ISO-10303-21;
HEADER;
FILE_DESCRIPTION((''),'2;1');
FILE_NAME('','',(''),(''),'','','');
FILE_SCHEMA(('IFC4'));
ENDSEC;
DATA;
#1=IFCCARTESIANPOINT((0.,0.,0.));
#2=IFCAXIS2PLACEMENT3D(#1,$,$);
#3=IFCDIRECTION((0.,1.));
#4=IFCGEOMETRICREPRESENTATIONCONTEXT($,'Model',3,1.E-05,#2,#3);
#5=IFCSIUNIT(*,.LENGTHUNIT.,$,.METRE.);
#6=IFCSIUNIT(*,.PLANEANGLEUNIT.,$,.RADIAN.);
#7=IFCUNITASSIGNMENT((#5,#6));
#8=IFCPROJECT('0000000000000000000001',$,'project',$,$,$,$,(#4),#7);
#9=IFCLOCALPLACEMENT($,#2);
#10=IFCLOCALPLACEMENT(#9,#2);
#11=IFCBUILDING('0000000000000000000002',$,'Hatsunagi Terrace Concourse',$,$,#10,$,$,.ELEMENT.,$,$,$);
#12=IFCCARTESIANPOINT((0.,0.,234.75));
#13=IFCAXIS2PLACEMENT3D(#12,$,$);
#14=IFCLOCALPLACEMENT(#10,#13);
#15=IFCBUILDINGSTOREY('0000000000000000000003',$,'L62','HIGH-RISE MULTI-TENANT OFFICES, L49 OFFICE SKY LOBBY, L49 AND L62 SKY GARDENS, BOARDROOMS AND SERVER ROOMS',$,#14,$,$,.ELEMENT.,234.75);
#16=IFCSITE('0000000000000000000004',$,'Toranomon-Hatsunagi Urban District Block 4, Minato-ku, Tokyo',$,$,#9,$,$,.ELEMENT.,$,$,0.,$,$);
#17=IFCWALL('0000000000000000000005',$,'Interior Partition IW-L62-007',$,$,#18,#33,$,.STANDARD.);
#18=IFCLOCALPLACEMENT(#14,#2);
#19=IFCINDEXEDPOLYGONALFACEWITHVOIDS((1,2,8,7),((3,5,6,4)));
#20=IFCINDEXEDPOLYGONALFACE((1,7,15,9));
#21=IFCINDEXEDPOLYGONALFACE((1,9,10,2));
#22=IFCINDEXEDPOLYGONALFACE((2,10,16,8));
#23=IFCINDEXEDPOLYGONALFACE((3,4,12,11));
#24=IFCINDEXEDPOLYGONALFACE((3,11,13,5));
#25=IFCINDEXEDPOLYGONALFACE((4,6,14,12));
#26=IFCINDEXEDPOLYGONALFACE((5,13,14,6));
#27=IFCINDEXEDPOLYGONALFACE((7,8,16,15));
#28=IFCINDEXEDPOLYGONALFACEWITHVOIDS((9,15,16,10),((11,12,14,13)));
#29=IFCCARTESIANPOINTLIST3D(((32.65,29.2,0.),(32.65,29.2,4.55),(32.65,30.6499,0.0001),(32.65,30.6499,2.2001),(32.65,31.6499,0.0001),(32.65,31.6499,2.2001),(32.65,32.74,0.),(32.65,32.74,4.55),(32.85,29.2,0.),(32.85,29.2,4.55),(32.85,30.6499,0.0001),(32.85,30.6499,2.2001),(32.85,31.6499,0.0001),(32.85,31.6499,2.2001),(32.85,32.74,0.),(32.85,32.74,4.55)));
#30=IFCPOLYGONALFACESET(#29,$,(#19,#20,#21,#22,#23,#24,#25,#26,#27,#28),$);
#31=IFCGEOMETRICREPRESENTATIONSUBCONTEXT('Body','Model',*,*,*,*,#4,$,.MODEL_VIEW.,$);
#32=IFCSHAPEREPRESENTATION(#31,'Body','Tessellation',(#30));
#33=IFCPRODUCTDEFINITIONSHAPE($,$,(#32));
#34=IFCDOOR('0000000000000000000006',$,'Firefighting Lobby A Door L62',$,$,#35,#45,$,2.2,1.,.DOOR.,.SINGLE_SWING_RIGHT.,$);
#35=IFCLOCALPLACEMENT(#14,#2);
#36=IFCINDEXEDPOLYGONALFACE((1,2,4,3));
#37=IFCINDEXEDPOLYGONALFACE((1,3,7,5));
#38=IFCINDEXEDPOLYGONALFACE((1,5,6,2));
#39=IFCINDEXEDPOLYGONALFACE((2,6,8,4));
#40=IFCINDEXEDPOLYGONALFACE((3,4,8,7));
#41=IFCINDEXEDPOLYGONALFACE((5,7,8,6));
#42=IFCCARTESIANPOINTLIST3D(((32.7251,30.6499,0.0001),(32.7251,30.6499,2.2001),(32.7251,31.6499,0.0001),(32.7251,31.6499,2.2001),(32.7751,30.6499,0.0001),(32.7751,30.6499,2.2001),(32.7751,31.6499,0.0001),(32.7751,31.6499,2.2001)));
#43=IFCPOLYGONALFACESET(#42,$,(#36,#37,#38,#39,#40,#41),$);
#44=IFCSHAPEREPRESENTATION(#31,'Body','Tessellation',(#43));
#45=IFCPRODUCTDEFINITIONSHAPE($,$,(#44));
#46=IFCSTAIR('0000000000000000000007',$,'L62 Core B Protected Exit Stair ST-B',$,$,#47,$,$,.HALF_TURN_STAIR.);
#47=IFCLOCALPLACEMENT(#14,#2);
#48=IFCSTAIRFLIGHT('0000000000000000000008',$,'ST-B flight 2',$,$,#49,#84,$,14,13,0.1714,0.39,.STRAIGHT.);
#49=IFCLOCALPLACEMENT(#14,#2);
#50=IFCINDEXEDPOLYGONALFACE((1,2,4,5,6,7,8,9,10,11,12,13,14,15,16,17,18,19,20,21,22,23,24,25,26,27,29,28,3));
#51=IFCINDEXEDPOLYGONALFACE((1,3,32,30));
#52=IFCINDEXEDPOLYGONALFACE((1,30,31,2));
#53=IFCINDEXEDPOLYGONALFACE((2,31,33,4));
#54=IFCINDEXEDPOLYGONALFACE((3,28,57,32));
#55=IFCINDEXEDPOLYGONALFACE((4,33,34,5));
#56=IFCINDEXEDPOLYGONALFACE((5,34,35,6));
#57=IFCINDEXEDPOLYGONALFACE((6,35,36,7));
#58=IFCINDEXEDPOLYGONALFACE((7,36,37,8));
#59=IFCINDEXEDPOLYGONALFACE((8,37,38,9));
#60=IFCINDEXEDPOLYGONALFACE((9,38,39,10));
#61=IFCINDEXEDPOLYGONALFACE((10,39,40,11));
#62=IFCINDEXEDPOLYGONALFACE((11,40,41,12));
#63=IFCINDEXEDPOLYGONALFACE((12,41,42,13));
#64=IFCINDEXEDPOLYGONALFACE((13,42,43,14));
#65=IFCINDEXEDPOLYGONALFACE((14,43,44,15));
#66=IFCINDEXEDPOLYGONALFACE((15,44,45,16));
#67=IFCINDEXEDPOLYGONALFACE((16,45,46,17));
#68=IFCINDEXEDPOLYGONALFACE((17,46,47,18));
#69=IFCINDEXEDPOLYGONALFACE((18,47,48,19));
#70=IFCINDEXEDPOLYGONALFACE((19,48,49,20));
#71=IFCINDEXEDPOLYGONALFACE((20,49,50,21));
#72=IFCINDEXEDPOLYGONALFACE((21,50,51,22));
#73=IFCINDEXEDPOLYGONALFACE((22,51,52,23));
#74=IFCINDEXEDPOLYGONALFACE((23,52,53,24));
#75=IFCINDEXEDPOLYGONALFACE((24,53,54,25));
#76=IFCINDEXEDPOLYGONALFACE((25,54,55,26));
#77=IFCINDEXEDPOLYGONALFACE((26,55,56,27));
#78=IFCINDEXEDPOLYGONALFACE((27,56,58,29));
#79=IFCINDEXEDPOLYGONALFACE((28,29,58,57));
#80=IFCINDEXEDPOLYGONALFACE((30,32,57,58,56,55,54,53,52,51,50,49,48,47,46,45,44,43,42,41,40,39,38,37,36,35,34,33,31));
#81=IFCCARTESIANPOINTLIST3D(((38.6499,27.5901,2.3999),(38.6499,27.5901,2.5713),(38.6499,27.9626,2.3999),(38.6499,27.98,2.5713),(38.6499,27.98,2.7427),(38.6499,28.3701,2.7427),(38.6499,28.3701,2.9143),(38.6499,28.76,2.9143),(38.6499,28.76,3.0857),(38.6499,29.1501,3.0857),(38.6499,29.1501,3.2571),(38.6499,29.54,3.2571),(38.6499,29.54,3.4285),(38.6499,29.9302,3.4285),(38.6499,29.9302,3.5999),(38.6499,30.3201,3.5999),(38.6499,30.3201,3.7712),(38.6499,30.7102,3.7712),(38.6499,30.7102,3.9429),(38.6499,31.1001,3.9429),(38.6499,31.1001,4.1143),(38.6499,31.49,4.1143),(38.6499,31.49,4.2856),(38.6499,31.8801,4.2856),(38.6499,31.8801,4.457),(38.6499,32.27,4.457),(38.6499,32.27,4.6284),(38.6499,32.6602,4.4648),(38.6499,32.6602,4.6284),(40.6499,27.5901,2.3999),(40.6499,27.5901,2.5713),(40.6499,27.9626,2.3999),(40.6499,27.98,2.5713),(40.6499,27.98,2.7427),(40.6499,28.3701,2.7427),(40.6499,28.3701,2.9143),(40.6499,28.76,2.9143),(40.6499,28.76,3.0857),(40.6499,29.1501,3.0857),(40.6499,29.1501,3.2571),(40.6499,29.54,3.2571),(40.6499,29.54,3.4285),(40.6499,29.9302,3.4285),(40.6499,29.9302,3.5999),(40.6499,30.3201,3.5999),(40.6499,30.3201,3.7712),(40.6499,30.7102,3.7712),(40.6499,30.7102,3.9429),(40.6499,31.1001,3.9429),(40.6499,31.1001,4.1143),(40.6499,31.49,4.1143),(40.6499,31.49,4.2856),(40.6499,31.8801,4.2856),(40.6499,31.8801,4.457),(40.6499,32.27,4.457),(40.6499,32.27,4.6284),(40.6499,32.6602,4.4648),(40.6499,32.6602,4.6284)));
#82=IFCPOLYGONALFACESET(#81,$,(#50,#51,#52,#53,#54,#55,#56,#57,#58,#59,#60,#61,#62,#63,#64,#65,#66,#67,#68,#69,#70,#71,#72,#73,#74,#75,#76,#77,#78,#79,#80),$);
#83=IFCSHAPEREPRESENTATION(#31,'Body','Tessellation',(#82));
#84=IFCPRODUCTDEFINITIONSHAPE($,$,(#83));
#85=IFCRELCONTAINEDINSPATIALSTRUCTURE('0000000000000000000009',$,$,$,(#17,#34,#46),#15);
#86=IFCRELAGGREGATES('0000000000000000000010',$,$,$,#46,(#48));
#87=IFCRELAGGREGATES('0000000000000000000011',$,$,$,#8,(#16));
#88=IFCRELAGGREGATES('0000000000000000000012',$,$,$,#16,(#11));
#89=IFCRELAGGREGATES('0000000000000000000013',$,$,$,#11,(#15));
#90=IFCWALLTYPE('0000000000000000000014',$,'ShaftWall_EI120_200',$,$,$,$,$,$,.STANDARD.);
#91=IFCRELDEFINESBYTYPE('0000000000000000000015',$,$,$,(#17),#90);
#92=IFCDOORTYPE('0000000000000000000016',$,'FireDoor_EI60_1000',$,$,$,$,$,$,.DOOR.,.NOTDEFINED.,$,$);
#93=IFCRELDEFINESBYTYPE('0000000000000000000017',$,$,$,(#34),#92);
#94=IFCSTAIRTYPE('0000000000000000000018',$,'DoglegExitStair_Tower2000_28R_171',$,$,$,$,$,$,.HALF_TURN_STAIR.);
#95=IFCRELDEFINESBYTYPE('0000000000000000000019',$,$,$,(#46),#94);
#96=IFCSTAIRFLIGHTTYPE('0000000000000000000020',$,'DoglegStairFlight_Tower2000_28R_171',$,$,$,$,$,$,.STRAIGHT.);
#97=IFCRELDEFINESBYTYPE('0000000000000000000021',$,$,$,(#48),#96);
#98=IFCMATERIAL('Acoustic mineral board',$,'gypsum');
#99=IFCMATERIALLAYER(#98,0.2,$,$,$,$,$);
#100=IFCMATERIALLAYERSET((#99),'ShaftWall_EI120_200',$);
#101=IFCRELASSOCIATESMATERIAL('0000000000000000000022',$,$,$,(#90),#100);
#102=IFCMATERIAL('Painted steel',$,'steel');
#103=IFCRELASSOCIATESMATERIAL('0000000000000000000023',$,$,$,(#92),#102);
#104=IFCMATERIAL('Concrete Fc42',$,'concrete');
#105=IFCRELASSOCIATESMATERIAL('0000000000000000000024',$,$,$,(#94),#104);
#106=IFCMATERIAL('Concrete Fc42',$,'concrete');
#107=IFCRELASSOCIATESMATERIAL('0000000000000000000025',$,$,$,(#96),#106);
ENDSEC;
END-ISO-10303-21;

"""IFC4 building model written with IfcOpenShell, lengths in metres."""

from ifc_helpers import new_model, si_unit, direction, frame, frame_2d, origin, place, context, subcontext, project, spatial, polyline, rectangle, outline, extrude, material, layer, layer_set, type_object, element, fill, aggregate, save


model = new_model("IFC4")

# Units and contexts
model_context = context("Model", 3, precision=1e-05, world=origin(), true_north=direction((0.0, 1.0)))
body_context = subcontext(model_context, "Body", "Model", "MODEL_VIEW")
ifc_project = project(units=[si_unit("LENGTHUNIT", "METRE"), si_unit("PLANEANGLEUNIT", "RADIAN")], contexts=[model_context])

# Site, building, storey
site_placement = place(None, origin())
site = spatial("IfcSite", under=ifc_project, at=site_placement, Name="Toranomon-Hatsunagi Urban District Block 4, Minato-ku, Tokyo", CompositionType="ELEMENT", RefElevation=0.0)
building_placement = place(site_placement, origin())
building = spatial("IfcBuilding", under=site, at=building_placement, Name="Hatsunagi Terrace Concourse", CompositionType="ELEMENT")
storey_placement = place(building_placement, frame((0.0, 0.0, 234.75)))
storey = spatial("IfcBuildingStorey", under=building, at=storey_placement, Name="L62", Description="HIGH-RISE MULTI-TENANT OFFICES, L49 OFFICE SKY LOBBY, L49 AND L62 SKY GARDENS, BOARDROOMS AND SERVER ROOMS", CompositionType="ELEMENT", Elevation=234.75)

# Wall, opening, door
ifc_material_1 = material(Name="Acoustic mineral board", Category="gypsum")
ifc_layer_1 = layer(ifc_material_1, 0.2)
ifc_layer_set_1 = layer_set([ifc_layer_1], Name="ShaftWall_EI120_200")
wall_type_1 = type_object("IfcWallType", Name="ShaftWall_EI120_200", PredefinedType="STANDARD", material=ifc_layer_set_1)
wall_1_placement = place(storey_placement, frame((32.75, 29.2, 0.0), z_axis=(0.0, 0.0, 1.0), x_axis=(0.0, 1.0, 0.0)))
wall_1 = element("IfcWall", 1, at=wall_1_placement, inside=storey, type_object=wall_type_1, Name="Interior Partition IW-L62-007", PredefinedType="STANDARD", context=body_context, shape_type="SweptSolid", body=[
    extrude(rectangle(XDim=3.54, YDim=0.2, at=frame_2d((1.77, 0.0))), origin(), (0.0, 0.0, 1.0), 4.55),
])
opening_1_placement = place(wall_1_placement, frame((1.45, 0.0, 0.0)))
opening_1 = element("IfcOpeningElement", 2, at=opening_1_placement, cuts=wall_1, PredefinedType="OPENING", context=body_context, shape_type="SweptSolid", body=[
    extrude(rectangle(XDim=1.0, YDim=2.2, at=frame_2d((0.5, 1.1001))), frame((0.0, 0.1099, 0.0), z_axis=(0.0, -1.0, 0.0), x_axis=(1.0, 0.0, 0.0)), (0.0, 0.0, 1.0), 0.22),
])
ifc_material_2 = material(Name="Painted steel", Category="steel")
door_type_1 = type_object("IfcDoorType", Name="FireDoor_EI60_1000", OperationType="NOTDEFINED", PredefinedType="DOOR", material=ifc_material_2)
door_1_placement = place(opening_1_placement, origin())
door_1 = element("IfcDoor", 3, at=door_1_placement, inside=storey, type_object=door_type_1, Name="Firefighting Lobby A Door L62", OperationType="SINGLE_SWING_RIGHT", OverallHeight=2.2, OverallWidth=1.0, PredefinedType="DOOR", context=body_context, shape_type="SweptSolid", body=[
    extrude(rectangle(XDim=1.0, YDim=2.2, at=frame_2d((0.5, 1.1001))), frame((0.0, 0.0249, 0.0), z_axis=(0.0, -1.0, 0.0), x_axis=(1.0, 0.0, 0.0)), (0.0, 0.0, 1.0), 0.05),
])
fill(opening_1, door_1)

# Stair, stair flight
ifc_material_3 = material(Name="Concrete Fc42", Category="concrete")
stair_type = type_object("IfcStairType", Name="DoglegExitStair_Tower2000_28R_171", PredefinedType="HALF_TURN_STAIR", material=ifc_material_3)
stair_placement = place(storey_placement, origin())
stair = element("IfcStair", 4, at=stair_placement, inside=storey, type_object=stair_type, Name="L62 Core B Protected Exit Stair ST-B", PredefinedType="HALF_TURN_STAIR")
ifc_material_4 = material(Name="Concrete Fc42", Category="concrete")
stair_flight_type = type_object("IfcStairFlightType", Name="DoglegStairFlight_Tower2000_28R_171", PredefinedType="STRAIGHT", material=ifc_material_4)
stair_flight_placement = place(storey_placement, frame((39.6499, 27.5901, 2.3999), z_axis=(0.0, 0.0, 1.0), x_axis=(0.0, 1.0, 0.0)))
stair_flight = element("IfcStairFlight", 5, at=stair_flight_placement, type_object=stair_flight_type, Name="ST-B flight 2", NumberOfRisers=14, NumberOfTreads=13, PredefinedType="STRAIGHT", RiserHeight=0.1714, TreadLength=0.39, context=body_context, shape_type="SweptSolid", body=[
    extrude(outline(polyline([(0.0, 0.0), (0.0, 0.1714), (0.3899, 0.1714), (0.3899, 0.3428), (0.78, 0.3428), (0.78, 0.5144), (1.1699, 0.5144), (1.1699, 0.6858), (1.5601, 0.6858), (1.5601, 0.8572), (1.95, 0.8572), (1.95, 1.0286), (2.3401, 1.0286), (2.3401, 1.2), (2.73, 1.2), (2.73, 1.3713), (3.1201, 1.3713), (3.1201, 1.543), (3.51, 1.543), (3.51, 1.7144), (3.8999, 1.7144), (3.8999, 1.8857), (4.29, 1.8857), (4.29, 2.0571), (4.6799, 2.0571), (4.6799, 2.2285), (5.0701, 2.2285), (5.0701, 2.3999), (5.0701, 2.0649), (0.3726, 0.0), (0.0, 0.0)])), frame((0.0, 1.0, 0.0), z_axis=(0.0, -1.0, 0.0), x_axis=(1.0, 0.0, 0.0)), (0.0, 0.0, 1.0), 2.0),
])
aggregate(stair, [stair_flight])

save(model, "model.ifc")
